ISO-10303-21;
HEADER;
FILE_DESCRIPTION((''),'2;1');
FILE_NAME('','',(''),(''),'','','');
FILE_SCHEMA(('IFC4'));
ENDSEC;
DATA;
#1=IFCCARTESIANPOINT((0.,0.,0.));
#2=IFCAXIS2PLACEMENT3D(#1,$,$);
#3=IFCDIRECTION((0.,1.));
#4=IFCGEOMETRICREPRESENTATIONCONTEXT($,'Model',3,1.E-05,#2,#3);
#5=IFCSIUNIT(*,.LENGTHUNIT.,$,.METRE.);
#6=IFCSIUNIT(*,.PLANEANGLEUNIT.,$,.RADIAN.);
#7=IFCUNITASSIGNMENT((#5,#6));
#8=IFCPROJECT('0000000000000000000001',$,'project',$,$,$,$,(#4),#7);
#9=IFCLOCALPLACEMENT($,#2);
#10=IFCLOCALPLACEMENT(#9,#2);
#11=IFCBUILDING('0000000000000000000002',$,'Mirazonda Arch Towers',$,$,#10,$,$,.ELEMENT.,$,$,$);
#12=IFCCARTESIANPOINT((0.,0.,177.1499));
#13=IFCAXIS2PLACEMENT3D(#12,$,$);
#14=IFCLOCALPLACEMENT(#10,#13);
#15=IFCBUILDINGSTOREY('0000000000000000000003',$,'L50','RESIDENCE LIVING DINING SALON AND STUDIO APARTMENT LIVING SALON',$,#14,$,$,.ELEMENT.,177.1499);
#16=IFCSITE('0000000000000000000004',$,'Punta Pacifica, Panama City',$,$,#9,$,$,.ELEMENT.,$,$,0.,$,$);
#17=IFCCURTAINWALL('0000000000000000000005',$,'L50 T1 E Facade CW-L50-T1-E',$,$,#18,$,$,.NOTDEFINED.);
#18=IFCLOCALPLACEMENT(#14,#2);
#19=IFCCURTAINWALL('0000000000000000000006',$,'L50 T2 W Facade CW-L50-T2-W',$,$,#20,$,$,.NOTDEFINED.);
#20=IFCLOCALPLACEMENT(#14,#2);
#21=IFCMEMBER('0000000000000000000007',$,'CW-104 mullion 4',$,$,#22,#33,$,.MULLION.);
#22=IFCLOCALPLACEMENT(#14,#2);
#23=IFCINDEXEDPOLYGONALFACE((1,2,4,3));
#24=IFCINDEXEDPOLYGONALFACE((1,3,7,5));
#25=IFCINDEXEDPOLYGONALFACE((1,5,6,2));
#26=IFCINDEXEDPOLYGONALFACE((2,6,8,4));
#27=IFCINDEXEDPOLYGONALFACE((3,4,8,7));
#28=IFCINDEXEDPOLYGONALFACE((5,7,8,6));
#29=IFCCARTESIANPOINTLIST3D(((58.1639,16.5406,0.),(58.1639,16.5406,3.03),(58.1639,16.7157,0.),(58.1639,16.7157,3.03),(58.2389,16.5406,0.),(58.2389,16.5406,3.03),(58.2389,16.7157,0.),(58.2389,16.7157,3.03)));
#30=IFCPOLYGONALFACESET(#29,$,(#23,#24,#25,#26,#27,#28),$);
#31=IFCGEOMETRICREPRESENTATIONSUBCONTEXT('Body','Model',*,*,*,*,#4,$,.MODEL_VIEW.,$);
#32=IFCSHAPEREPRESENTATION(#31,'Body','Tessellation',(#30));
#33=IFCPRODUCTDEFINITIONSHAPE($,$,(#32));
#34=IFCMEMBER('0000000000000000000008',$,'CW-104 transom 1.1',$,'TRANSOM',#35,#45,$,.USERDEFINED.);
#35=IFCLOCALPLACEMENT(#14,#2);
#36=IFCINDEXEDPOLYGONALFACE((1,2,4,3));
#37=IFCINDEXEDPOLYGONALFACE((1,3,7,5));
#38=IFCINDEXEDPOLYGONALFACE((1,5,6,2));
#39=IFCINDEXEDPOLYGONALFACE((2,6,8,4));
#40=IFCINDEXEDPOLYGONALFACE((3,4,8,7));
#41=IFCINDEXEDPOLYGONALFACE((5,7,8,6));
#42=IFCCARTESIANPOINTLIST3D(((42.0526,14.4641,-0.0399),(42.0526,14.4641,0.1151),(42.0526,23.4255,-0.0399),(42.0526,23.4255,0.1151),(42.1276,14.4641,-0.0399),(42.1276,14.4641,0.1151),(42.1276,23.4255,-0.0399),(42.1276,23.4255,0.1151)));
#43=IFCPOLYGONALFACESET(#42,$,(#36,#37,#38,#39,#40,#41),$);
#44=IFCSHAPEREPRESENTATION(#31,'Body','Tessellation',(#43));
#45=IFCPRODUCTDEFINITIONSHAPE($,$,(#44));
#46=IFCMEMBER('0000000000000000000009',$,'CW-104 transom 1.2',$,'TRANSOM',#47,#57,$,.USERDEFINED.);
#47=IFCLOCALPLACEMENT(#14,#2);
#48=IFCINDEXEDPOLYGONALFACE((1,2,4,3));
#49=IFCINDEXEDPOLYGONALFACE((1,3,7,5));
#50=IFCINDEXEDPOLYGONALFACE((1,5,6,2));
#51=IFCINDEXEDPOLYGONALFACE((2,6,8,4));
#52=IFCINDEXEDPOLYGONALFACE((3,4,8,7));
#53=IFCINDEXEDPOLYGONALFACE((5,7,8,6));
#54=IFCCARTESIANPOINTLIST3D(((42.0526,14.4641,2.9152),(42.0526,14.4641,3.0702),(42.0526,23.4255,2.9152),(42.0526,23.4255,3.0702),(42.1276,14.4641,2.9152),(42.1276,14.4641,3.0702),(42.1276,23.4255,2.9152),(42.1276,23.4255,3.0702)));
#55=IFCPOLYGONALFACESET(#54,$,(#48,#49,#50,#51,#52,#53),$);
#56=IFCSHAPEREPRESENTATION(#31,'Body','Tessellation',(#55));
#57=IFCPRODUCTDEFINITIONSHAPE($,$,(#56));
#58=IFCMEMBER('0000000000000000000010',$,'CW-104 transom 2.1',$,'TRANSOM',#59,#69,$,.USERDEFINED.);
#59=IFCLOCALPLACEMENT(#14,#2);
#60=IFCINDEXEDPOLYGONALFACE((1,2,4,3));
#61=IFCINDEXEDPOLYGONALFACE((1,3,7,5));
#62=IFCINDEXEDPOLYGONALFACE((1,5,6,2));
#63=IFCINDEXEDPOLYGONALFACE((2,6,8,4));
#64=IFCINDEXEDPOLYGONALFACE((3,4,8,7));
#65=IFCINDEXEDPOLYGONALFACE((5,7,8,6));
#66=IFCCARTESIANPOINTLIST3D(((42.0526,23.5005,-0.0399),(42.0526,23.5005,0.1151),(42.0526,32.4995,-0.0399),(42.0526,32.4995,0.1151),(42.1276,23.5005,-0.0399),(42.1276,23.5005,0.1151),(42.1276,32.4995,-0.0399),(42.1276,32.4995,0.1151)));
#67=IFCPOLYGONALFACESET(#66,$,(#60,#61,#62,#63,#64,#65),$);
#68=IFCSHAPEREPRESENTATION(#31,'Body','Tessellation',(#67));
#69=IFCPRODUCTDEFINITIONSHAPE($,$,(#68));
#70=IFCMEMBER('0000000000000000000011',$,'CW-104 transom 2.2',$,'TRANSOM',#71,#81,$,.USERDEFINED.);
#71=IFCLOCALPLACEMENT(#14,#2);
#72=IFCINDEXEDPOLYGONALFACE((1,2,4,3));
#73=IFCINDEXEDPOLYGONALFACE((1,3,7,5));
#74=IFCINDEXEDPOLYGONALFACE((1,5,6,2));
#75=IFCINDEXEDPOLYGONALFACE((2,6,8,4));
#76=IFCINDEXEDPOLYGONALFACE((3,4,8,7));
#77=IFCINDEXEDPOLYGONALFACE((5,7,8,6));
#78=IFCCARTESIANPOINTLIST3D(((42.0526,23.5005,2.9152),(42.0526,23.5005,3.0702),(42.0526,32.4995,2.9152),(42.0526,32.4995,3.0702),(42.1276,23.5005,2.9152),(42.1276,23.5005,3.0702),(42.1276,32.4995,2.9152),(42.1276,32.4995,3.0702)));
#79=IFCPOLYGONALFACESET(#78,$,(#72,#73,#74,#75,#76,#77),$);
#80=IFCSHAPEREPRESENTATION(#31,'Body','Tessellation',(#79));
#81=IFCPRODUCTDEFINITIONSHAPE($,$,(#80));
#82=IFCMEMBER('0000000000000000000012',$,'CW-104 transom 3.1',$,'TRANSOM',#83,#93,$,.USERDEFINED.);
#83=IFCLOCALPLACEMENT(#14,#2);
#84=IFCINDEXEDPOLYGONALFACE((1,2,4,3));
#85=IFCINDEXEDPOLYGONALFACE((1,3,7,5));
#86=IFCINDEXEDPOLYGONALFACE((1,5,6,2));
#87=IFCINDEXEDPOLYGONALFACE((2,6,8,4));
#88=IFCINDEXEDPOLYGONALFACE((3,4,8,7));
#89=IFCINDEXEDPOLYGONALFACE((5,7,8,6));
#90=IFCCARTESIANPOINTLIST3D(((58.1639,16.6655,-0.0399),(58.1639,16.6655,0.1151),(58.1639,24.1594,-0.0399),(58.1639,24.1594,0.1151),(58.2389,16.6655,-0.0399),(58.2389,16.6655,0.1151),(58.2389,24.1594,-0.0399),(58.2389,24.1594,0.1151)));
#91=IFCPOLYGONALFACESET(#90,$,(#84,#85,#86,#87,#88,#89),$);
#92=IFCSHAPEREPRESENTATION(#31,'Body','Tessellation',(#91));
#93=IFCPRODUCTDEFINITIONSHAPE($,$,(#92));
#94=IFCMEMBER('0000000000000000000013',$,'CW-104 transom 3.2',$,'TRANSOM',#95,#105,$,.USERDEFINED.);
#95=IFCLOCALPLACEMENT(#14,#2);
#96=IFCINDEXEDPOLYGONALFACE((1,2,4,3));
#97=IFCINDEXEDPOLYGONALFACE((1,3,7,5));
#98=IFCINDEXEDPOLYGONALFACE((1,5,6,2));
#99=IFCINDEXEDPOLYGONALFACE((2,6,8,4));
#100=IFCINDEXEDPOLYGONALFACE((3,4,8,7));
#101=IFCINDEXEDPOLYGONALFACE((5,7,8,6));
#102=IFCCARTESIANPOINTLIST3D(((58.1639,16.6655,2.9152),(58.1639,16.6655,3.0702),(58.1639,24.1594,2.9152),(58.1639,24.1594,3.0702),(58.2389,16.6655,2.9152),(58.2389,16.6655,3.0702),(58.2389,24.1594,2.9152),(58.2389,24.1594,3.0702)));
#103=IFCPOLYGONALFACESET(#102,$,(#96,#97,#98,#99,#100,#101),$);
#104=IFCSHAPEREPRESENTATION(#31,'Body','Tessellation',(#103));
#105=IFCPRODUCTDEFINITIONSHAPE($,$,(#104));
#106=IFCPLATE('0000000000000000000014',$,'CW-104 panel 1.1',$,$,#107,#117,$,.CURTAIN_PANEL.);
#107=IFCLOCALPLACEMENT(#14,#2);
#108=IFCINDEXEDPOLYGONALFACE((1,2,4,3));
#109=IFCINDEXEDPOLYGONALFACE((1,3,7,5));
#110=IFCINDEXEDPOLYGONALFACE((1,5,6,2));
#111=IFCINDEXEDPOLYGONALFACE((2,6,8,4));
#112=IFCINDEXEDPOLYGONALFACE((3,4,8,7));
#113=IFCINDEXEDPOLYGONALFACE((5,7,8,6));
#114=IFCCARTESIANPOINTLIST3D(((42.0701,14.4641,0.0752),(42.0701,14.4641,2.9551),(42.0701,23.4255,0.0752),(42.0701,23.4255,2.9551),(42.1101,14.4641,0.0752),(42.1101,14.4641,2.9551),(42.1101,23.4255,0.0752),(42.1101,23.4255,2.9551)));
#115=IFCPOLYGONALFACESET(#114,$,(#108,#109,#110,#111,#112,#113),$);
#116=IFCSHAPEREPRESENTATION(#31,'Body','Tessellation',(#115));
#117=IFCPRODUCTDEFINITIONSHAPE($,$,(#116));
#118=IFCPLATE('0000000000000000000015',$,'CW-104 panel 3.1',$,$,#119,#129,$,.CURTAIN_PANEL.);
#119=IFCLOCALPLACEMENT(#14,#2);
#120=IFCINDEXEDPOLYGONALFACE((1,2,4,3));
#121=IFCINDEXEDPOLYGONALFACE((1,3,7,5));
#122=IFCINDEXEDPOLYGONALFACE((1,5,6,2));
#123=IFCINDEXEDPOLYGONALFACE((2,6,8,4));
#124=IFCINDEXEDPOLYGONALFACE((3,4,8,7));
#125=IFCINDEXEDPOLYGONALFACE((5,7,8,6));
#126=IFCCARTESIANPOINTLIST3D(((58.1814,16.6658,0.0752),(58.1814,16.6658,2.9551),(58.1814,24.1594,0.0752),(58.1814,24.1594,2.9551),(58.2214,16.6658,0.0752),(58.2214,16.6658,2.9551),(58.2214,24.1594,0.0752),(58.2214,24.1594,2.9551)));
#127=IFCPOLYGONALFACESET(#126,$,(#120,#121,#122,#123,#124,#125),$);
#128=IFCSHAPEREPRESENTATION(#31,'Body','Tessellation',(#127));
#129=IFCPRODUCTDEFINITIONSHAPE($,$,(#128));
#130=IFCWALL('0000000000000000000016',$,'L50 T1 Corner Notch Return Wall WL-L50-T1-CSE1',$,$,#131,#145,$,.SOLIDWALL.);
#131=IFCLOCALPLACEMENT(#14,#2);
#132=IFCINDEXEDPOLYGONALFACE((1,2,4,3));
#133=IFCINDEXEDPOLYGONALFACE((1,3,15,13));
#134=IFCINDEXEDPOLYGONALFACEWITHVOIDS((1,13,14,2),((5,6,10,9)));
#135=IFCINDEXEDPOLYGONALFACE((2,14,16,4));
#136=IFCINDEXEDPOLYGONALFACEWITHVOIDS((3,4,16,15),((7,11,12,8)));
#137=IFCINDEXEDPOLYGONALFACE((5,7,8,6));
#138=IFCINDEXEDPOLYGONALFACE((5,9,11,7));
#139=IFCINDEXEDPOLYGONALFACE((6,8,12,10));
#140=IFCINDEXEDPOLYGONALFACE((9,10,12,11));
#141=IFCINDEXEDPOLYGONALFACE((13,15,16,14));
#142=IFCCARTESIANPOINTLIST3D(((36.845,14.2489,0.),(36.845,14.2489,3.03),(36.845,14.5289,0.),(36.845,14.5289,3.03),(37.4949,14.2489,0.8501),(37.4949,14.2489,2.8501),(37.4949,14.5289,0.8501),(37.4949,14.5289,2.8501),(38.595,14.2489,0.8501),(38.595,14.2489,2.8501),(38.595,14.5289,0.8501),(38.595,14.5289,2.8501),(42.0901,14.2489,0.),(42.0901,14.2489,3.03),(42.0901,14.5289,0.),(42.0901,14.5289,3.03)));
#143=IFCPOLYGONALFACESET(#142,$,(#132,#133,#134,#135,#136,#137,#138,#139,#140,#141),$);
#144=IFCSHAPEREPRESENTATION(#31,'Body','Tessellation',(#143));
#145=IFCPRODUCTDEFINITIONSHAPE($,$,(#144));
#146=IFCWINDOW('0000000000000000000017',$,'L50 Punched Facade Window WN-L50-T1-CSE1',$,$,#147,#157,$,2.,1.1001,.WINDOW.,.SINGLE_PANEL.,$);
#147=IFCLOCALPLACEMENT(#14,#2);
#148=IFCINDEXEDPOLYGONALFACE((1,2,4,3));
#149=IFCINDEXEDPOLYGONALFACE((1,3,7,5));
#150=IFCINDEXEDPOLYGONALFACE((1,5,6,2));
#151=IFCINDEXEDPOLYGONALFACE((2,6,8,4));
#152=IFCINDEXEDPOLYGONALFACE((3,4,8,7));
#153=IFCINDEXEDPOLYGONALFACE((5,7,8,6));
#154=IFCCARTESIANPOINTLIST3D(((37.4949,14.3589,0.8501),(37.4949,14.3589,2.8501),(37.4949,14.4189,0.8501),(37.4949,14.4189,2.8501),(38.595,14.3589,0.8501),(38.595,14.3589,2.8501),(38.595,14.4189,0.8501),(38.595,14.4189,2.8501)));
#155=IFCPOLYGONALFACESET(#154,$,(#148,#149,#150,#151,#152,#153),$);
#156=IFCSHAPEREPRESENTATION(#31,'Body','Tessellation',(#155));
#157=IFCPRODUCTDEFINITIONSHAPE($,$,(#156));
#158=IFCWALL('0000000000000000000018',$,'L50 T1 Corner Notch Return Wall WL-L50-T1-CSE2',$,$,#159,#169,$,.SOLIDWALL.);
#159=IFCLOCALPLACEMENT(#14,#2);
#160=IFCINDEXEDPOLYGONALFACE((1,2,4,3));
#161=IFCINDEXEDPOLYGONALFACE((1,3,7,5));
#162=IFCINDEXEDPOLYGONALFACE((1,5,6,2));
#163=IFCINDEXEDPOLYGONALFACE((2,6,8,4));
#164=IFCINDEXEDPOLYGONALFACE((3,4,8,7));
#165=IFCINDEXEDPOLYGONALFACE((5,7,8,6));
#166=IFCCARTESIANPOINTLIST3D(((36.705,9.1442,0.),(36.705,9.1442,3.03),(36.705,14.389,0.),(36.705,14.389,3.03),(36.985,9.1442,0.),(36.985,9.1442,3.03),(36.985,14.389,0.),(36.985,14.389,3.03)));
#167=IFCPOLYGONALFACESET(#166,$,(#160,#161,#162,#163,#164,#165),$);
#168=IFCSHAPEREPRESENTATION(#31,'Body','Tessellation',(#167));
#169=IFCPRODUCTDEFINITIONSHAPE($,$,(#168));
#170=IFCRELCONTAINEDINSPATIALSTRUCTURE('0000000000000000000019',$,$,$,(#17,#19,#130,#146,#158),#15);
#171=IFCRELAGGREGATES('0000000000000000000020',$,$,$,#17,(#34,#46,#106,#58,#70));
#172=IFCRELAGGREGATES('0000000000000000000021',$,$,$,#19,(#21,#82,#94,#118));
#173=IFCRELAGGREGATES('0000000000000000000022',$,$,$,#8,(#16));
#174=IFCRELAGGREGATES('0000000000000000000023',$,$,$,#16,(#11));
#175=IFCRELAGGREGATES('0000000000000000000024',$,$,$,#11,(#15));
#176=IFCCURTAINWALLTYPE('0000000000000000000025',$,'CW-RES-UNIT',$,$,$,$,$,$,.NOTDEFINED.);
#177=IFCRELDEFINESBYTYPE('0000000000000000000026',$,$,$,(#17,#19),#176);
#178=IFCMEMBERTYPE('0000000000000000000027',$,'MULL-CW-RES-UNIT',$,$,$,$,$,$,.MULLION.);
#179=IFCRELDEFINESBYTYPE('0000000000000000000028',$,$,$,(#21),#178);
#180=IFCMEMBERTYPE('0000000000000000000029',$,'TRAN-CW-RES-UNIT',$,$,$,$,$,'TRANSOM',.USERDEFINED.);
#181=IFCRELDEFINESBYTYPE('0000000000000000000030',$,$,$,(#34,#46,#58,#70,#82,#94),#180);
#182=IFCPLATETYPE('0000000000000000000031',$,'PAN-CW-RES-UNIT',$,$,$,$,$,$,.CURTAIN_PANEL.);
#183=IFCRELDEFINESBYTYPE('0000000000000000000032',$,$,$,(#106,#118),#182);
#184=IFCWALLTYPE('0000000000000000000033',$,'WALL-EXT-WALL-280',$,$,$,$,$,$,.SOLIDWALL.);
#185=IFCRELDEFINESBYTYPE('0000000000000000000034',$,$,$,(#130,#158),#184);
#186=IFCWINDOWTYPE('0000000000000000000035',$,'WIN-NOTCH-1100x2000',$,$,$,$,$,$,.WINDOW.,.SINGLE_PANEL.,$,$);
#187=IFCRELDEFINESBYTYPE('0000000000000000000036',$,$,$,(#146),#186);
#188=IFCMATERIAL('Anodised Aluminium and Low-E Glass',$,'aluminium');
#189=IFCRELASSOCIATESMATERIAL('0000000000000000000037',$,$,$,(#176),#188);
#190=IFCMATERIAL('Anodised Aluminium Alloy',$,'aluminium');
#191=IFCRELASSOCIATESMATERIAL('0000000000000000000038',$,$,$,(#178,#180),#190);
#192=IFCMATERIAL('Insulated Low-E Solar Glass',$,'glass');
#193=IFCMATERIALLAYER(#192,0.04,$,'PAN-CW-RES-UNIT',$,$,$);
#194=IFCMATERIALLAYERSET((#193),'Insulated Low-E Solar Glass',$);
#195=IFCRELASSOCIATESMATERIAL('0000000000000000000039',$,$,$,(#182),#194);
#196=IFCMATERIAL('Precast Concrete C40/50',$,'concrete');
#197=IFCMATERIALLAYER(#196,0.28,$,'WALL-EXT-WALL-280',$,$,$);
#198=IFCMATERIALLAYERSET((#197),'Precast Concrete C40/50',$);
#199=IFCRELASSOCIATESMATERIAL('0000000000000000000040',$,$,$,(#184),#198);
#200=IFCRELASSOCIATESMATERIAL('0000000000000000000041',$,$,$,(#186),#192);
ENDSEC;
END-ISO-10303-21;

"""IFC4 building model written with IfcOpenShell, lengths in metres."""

from ifc_helpers import new_model, si_unit, direction, frame, frame_2d, origin, origin_2d, place, context, subcontext, project, spatial, rectangle, extrude, material, layer, layer_set, material_profile, profile_set, type_object, element, fill, aggregate, save


model = new_model("IFC4")

# Units and contexts
model_context = context("Model", 3, precision=1e-05, world=origin(), true_north=direction((0.0, 1.0)))
body_context = subcontext(model_context, "Body", "Model", "MODEL_VIEW")
ifc_project = project(units=[si_unit("LENGTHUNIT", "METRE"), si_unit("PLANEANGLEUNIT", "RADIAN")], contexts=[model_context])

# Site, building, storey
site_placement = place(None, origin())
site = spatial("IfcSite", under=ifc_project, at=site_placement, Name="Punta Pacifica, Panama City", CompositionType="ELEMENT", RefElevation=0.0)
building_placement = place(site_placement, origin())
building = spatial("IfcBuilding", under=site, at=building_placement, Name="Mirazonda Arch Towers", CompositionType="ELEMENT")
storey_placement = place(building_placement, frame((0.0, 0.0, 177.1499)))
storey = spatial("IfcBuildingStorey", under=building, at=storey_placement, Name="L50", Description="RESIDENCE LIVING DINING SALON AND STUDIO APARTMENT LIVING SALON", CompositionType="ELEMENT", Elevation=177.1499)

# Shared definitions
ifc_material_1 = material(Name="Anodised Aluminium and Low-E Glass", Category="aluminium")
curtain_wall_type = type_object("IfcCurtainWallType", Name="CW-RES-UNIT", PredefinedType="NOTDEFINED", material=ifc_material_1)
ifc_material_2 = material(Name="Anodised Aluminium Alloy", Category="aluminium")
ifc_material_profile_1 = material_profile(ifc_material_2, rectangle(XDim=0.075, YDim=0.175, at=origin_2d()), Name="ALU-MULL-75x175")
ifc_profile_set_1 = profile_set([ifc_material_profile_1], Name="Anodised Aluminium Alloy")
member_type_1 = type_object("IfcMemberType", Name="MULL-CW-RES-UNIT", PredefinedType="MULLION", material=ifc_profile_set_1)

# Curtain walls, member
curtain_wall_1_placement = place(storey_placement, origin())
curtain_wall_1 = element("IfcCurtainWall", 1, at=curtain_wall_1_placement, inside=storey, type_object=curtain_wall_type, Name="L50 T1 E Facade CW-L50-T1-E", PredefinedType="NOTDEFINED")
curtain_wall_2_placement = place(storey_placement, origin())
curtain_wall_2 = element("IfcCurtainWall", 2, at=curtain_wall_2_placement, inside=storey, type_object=curtain_wall_type, Name="L50 T2 W Facade CW-L50-T2-W", PredefinedType="NOTDEFINED")
member_1_placement = place(storey_placement, frame((58.2014, 16.6282, 0.0), z_axis=(0.0, 0.0, 1.0), x_axis=(1.0, 0.0, 0.0)))
member_1 = element("IfcMember", 3, at=member_1_placement, type_object=member_type_1, Name="CW-104 mullion 4", PredefinedType="MULLION", context=body_context, shape_type="SweptSolid", body=[
    extrude(rectangle(XDim=0.075, YDim=0.175, at=origin_2d()), origin(), (0.0, 0.0, 1.0), 3.03),
])

# Members
ifc_material_profile_2 = material_profile(ifc_material_2, rectangle(XDim=0.075, YDim=0.155, at=origin_2d()), Name="ALU-TRAN-75x155")
ifc_profile_set_2 = profile_set([ifc_material_profile_2], Name="Anodised Aluminium Alloy")
member_type_2 = type_object("IfcMemberType", Name="TRAN-CW-RES-UNIT", ElementType="TRANSOM", PredefinedType="USERDEFINED", material=ifc_profile_set_2)
member_2_placement = place(storey_placement, frame((42.0901, 14.4641, 0.0376), z_axis=(0.0, 1.0, 0.0), x_axis=(-1.0, 0.0, 0.0)))
member_2 = element("IfcMember", 4, at=member_2_placement, type_object=member_type_2, Name="CW-104 transom 1.1", ObjectType="TRANSOM", PredefinedType="USERDEFINED", context=body_context, shape_type="SweptSolid", body=[
    extrude(rectangle(XDim=0.075, YDim=0.155, at=origin_2d()), origin(), (0.0, 0.0, 1.0), 8.9614),
])
member_3_placement = place(storey_placement, frame((42.0901, 14.4641, 2.9927), z_axis=(0.0, 1.0, 0.0), x_axis=(-1.0, 0.0, 0.0)))
member_3 = element("IfcMember", 5, at=member_3_placement, type_object=member_type_2, Name="CW-104 transom 1.2", ObjectType="TRANSOM", PredefinedType="USERDEFINED", context=body_context, shape_type="SweptSolid", body=[
    extrude(rectangle(XDim=0.075, YDim=0.155, at=origin_2d()), origin(), (0.0, 0.0, 1.0), 8.9614),
])
member_4_placement = place(storey_placement, frame((42.0901, 23.5005, 0.0376), z_axis=(0.0, 1.0, 0.0), x_axis=(-1.0, 0.0, 0.0)))
member_4 = element("IfcMember", 6, at=member_4_placement, type_object=member_type_2, Name="CW-104 transom 2.1", ObjectType="TRANSOM", PredefinedType="USERDEFINED", context=body_context, shape_type="SweptSolid", body=[
    extrude(rectangle(XDim=0.075, YDim=0.155, at=origin_2d()), origin(), (0.0, 0.0, 1.0), 8.999),
])
member_5_placement = place(storey_placement, frame((42.0901, 23.5005, 2.9927), z_axis=(0.0, 1.0, 0.0), x_axis=(-1.0, 0.0, 0.0)))
member_5 = element("IfcMember", 7, at=member_5_placement, type_object=member_type_2, Name="CW-104 transom 2.2", ObjectType="TRANSOM", PredefinedType="USERDEFINED", context=body_context, shape_type="SweptSolid", body=[
    extrude(rectangle(XDim=0.075, YDim=0.155, at=origin_2d()), origin(), (0.0, 0.0, 1.0), 8.999),
])
member_6_placement = place(storey_placement, frame((58.2014, 24.1594, 0.0376), z_axis=(0.0, -1.0, 0.0), x_axis=(1.0, 0.0, 0.0)))
member_6 = element("IfcMember", 8, at=member_6_placement, type_object=member_type_2, Name="CW-104 transom 3.1", ObjectType="TRANSOM", PredefinedType="USERDEFINED", context=body_context, shape_type="SweptSolid", body=[
    extrude(rectangle(XDim=0.075, YDim=0.155, at=origin_2d()), origin(), (0.0, 0.0, 1.0), 7.4939),
])
member_7_placement = place(storey_placement, frame((58.2014, 24.1594, 2.9927), z_axis=(0.0, -1.0, 0.0), x_axis=(1.0, 0.0, 0.0)))
member_7 = element("IfcMember", 9, at=member_7_placement, type_object=member_type_2, Name="CW-104 transom 3.2", ObjectType="TRANSOM", PredefinedType="USERDEFINED", context=body_context, shape_type="SweptSolid", body=[
    extrude(rectangle(XDim=0.075, YDim=0.155, at=origin_2d()), origin(), (0.0, 0.0, 1.0), 7.4939),
])

# Plates
ifc_material_3 = material(Name="Insulated Low-E Solar Glass", Category="glass")
ifc_layer_1 = layer(ifc_material_3, 0.04, Name="PAN-CW-RES-UNIT")
ifc_layer_set_1 = layer_set([ifc_layer_1], Name="Insulated Low-E Solar Glass")
plate_type = type_object("IfcPlateType", Name="PAN-CW-RES-UNIT", PredefinedType="CURTAIN_PANEL", material=ifc_layer_set_1)
plate_1_placement = place(storey_placement, frame((42.0901, 18.9448, 0.0752), z_axis=(0.0, 0.0, 1.0), x_axis=(0.0, 1.0, 0.0)))
plate_1 = element("IfcPlate", 10, at=plate_1_placement, type_object=plate_type, Name="CW-104 panel 1.1", PredefinedType="CURTAIN_PANEL", context=body_context, shape_type="SweptSolid", body=[
    extrude(rectangle(XDim=8.9614, YDim=0.04, at=origin_2d()), origin(), (0.0, 0.0, 1.0), 2.8799),
])
aggregate(curtain_wall_1, [member_2, member_3, plate_1, member_4, member_5])
plate_2_placement = place(storey_placement, frame((58.2014, 20.4126, 0.0752), z_axis=(0.0, 0.0, 1.0), x_axis=(0.0, -1.0, 0.0)))
plate_2 = element("IfcPlate", 11, at=plate_2_placement, type_object=plate_type, Name="CW-104 panel 3.1", PredefinedType="CURTAIN_PANEL", context=body_context, shape_type="SweptSolid", body=[
    extrude(rectangle(XDim=7.4937, YDim=0.04, at=origin_2d()), origin(), (0.0, 0.0, 1.0), 2.8799),
])
aggregate(curtain_wall_2, [member_1, member_6, member_7, plate_2])

# Wall, opening, window
ifc_material_4 = material(Name="Precast Concrete C40/50", Category="concrete")
ifc_layer_2 = layer(ifc_material_4, 0.28, Name="WALL-EXT-WALL-280")
ifc_layer_set_2 = layer_set([ifc_layer_2], Name="Precast Concrete C40/50")
wall_type_1 = type_object("IfcWallType", Name="WALL-EXT-WALL-280", PredefinedType="SOLIDWALL", material=ifc_layer_set_2)
wall_1_placement = place(storey_placement, frame((36.845, 14.3889, 0.0), z_axis=(0.0, 0.0, 1.0), x_axis=(1.0, 0.0, 0.0)))
wall_1 = element("IfcWall", 12, at=wall_1_placement, inside=storey, type_object=wall_type_1, Name="L50 T1 Corner Notch Return Wall WL-L50-T1-CSE1", PredefinedType="SOLIDWALL", context=body_context, shape_type="SweptSolid", body=[
    extrude(rectangle(XDim=5.2451, YDim=0.28, at=frame_2d((2.6226, 0.0))), origin(), (0.0, 0.0, 1.0), 3.03),
])
opening_1_placement = place(wall_1_placement, frame((0.6499, 0.0, 0.8501)))
opening_1 = element("IfcOpeningElement", 13, at=opening_1_placement, cuts=wall_1, PredefinedType="OPENING", context=body_context, shape_type="SweptSolid", body=[
    extrude(rectangle(XDim=1.1001, YDim=2.0, at=frame_2d((0.55, 1.0))), frame((0.0, 0.1499, 0.0), z_axis=(0.0, -1.0, 0.0), x_axis=(1.0, 0.0, 0.0)), (0.0, 0.0, 1.0), 0.3),
])
window_type = type_object("IfcWindowType", Name="WIN-NOTCH-1100x2000", PartitioningType="SINGLE_PANEL", PredefinedType="WINDOW", material=ifc_material_3)
window_1_placement = place(opening_1_placement, origin())
window_1 = element("IfcWindow", 14, at=window_1_placement, inside=storey, type_object=window_type, Name="L50 Punched Facade Window WN-L50-T1-CSE1", OverallHeight=2.0, OverallWidth=1.1001, PartitioningType="SINGLE_PANEL", PredefinedType="WINDOW", context=body_context, shape_type="SweptSolid", body=[
    extrude(rectangle(XDim=1.1001, YDim=2.0, at=frame_2d((0.55, 1.0))), frame((0.0, 0.03, 0.0), z_axis=(0.0, -1.0, 0.0), x_axis=(1.0, 0.0, 0.0)), (0.0, 0.0, 1.0), 0.0601),
])
fill(opening_1, window_1)

# Wall
wall_2_placement = place(storey_placement, frame((36.845, 9.144, 0.0), z_axis=(0.0, 0.0, 1.0), x_axis=(0.0, 1.0, 0.0)))
element("IfcWall", 15, at=wall_2_placement, inside=storey, type_object=wall_type_1, Name="L50 T1 Corner Notch Return Wall WL-L50-T1-CSE2", PredefinedType="SOLIDWALL", context=body_context, shape_type="SweptSolid", body=[
    extrude(rectangle(XDim=5.2449, YDim=0.28, at=frame_2d((2.6226, 0.0))), origin(), (0.0, 0.0, 1.0), 3.03),
])

save(model, "model.ifc")
